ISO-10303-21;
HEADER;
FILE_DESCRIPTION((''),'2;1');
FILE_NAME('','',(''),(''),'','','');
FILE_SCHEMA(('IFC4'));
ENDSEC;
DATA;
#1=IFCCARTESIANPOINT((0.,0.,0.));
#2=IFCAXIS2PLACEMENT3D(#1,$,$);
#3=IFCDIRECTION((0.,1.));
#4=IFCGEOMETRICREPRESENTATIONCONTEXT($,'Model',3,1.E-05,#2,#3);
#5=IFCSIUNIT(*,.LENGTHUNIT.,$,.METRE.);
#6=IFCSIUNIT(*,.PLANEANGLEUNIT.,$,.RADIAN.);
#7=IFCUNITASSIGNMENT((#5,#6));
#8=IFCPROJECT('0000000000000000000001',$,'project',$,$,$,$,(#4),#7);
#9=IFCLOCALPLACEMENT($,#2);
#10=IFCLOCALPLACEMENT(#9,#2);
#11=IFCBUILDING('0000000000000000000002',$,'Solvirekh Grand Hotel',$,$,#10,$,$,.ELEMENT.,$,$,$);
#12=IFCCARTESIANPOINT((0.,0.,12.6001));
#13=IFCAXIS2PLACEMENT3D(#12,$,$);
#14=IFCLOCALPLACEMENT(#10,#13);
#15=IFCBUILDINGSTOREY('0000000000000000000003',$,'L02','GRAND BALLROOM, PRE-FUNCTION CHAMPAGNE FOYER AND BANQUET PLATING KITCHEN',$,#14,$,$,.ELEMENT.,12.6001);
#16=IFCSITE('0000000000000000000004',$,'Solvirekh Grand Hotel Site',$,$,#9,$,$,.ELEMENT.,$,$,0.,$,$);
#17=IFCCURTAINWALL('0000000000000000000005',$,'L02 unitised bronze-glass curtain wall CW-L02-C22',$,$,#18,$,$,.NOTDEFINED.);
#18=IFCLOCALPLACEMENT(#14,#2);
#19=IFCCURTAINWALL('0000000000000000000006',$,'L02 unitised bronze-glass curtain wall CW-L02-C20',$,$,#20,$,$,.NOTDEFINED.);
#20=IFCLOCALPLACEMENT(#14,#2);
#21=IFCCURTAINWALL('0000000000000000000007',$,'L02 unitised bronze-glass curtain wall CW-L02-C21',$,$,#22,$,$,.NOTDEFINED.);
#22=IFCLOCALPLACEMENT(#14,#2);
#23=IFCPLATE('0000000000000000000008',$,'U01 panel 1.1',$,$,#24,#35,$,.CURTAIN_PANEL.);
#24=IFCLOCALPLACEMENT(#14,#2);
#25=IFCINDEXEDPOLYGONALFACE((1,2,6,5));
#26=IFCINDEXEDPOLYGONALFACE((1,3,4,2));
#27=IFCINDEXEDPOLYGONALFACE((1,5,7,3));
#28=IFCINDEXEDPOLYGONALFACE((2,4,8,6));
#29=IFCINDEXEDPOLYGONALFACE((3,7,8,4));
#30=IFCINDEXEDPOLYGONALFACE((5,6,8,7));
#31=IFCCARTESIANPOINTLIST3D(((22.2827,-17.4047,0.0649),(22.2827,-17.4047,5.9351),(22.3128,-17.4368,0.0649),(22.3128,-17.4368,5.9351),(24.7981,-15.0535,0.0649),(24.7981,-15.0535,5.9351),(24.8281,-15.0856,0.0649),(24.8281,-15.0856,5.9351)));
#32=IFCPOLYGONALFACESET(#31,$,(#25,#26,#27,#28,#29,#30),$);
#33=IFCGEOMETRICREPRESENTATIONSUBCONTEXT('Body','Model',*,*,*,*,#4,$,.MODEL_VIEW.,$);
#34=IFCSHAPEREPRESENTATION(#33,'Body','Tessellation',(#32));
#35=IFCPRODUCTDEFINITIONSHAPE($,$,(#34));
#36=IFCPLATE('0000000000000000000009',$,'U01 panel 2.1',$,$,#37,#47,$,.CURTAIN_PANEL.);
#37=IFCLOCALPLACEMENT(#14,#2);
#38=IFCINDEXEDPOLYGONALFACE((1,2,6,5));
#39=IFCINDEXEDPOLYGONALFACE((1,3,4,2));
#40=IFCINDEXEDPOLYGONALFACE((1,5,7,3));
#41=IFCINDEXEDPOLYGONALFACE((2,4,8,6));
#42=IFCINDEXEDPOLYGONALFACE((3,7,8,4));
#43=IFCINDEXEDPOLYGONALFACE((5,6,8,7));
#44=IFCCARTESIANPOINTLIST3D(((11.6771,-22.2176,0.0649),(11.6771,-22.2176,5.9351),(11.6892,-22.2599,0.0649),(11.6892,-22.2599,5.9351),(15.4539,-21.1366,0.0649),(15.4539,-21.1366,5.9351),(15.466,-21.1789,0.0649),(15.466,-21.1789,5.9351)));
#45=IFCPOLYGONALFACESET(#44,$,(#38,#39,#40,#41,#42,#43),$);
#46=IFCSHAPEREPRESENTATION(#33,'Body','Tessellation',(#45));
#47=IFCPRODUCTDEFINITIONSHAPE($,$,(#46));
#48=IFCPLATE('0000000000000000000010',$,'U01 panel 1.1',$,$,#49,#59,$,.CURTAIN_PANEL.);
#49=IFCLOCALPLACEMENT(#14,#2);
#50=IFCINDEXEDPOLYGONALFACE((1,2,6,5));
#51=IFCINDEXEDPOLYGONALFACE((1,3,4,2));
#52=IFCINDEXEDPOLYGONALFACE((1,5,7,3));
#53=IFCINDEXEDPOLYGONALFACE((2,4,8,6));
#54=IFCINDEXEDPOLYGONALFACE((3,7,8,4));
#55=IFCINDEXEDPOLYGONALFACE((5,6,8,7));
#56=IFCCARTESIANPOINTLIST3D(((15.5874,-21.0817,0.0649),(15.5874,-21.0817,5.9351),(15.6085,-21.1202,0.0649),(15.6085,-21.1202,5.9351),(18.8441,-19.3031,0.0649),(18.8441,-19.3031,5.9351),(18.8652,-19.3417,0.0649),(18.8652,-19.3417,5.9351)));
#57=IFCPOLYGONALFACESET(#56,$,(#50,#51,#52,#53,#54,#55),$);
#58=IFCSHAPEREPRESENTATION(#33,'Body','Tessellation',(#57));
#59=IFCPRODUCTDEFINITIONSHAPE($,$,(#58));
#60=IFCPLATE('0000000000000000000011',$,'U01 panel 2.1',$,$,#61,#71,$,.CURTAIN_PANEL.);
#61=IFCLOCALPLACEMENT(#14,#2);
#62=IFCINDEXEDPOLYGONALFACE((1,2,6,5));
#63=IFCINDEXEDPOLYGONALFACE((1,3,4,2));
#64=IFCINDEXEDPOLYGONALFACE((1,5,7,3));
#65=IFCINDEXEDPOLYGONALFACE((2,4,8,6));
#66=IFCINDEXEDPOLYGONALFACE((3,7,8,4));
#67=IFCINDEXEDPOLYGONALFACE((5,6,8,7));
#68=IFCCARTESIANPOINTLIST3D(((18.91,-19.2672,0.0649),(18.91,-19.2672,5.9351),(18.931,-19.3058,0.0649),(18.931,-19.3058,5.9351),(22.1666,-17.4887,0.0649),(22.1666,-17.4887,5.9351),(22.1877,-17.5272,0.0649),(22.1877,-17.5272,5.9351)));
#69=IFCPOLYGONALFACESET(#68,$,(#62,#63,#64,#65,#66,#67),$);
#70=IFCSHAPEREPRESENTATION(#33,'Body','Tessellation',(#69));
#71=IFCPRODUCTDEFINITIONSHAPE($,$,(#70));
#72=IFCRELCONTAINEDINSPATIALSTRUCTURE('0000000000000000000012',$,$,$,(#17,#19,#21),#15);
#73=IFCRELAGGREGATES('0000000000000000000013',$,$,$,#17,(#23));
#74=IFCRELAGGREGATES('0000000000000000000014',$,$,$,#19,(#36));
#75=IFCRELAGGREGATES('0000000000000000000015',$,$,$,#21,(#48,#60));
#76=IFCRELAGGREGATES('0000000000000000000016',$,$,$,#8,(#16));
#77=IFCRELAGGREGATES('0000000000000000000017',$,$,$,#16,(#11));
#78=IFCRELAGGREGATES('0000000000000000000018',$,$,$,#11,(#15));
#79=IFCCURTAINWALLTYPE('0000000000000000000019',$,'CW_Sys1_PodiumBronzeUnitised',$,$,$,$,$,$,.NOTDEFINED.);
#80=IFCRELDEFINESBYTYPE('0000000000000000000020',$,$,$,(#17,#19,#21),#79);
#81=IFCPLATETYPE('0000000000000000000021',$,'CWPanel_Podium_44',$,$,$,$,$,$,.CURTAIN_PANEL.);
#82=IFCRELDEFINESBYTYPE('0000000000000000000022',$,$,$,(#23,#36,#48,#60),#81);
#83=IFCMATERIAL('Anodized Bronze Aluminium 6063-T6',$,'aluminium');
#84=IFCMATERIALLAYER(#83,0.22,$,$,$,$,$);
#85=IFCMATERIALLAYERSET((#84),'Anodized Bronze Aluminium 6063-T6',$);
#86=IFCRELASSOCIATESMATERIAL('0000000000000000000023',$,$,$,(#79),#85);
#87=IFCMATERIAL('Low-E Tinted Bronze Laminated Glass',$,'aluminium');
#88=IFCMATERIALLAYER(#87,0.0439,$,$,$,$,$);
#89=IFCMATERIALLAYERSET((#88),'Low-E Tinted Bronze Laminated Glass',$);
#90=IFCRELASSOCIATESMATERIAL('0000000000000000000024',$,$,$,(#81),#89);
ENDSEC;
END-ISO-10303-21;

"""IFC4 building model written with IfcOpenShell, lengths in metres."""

from ifc_helpers import new_model, si_unit, direction, frame, origin, origin_2d, place, context, subcontext, project, spatial, rectangle, extrude, source, transform, mapped, material, layer, layer_set, type_object, element, aggregate, save


model = new_model("IFC4")

# Units and contexts
model_context = context("Model", 3, precision=1e-05, world=origin(), true_north=direction((0.0, 1.0)))
body_context = subcontext(model_context, "Body", "Model", "MODEL_VIEW")
ifc_project = project(units=[si_unit("LENGTHUNIT", "METRE"), si_unit("PLANEANGLEUNIT", "RADIAN")], contexts=[model_context])

# Site, building, storey
site_placement = place(None, origin())
site = spatial("IfcSite", under=ifc_project, at=site_placement, Name="Solvirekh Grand Hotel Site", CompositionType="ELEMENT", RefElevation=0.0)
building_placement = place(site_placement, origin())
building = spatial("IfcBuilding", under=site, at=building_placement, Name="Solvirekh Grand Hotel", CompositionType="ELEMENT")
storey_placement = place(building_placement, frame((0.0, 0.0, 12.6001)))
storey = spatial("IfcBuildingStorey", under=building, at=storey_placement, Name="L02", Description="GRAND BALLROOM, PRE-FUNCTION CHAMPAGNE FOYER AND BANQUET PLATING KITCHEN", CompositionType="ELEMENT", Elevation=12.6001)

# Curtain walls
ifc_material_1 = material(Name="Anodized Bronze Aluminium 6063-T6", Category="aluminium")
ifc_layer_1 = layer(ifc_material_1, 0.22)
ifc_layer_set_1 = layer_set([ifc_layer_1], Name="Anodized Bronze Aluminium 6063-T6")
curtain_wall_type = type_object("IfcCurtainWallType", Name="CW_Sys1_PodiumBronzeUnitised", PredefinedType="NOTDEFINED", material=ifc_layer_set_1)
curtain_wall_1_placement = place(storey_placement, origin())
curtain_wall_1 = element("IfcCurtainWall", 1, at=curtain_wall_1_placement, inside=storey, type_object=curtain_wall_type, Name="L02 unitised bronze-glass curtain wall CW-L02-C22", PredefinedType="NOTDEFINED")
curtain_wall_2_placement = place(storey_placement, origin())
curtain_wall_2 = element("IfcCurtainWall", 2, at=curtain_wall_2_placement, inside=storey, type_object=curtain_wall_type, Name="L02 unitised bronze-glass curtain wall CW-L02-C20", PredefinedType="NOTDEFINED")
curtain_wall_3_placement = place(storey_placement, origin())
curtain_wall_3 = element("IfcCurtainWall", 3, at=curtain_wall_3_placement, inside=storey, type_object=curtain_wall_type, Name="L02 unitised bronze-glass curtain wall CW-L02-C21", PredefinedType="NOTDEFINED")

# Plates
ifc_material_2 = material(Name="Low-E Tinted Bronze Laminated Glass", Category="aluminium")
ifc_layer_2 = layer(ifc_material_2, 0.0439)
ifc_layer_set_2 = layer_set([ifc_layer_2], Name="Low-E Tinted Bronze Laminated Glass")
plate_type = type_object("IfcPlateType", Name="CWPanel_Podium_44", PredefinedType="CURTAIN_PANEL", material=ifc_layer_set_2)
shared_shape_1 = source(origin(), body_context, "Body", "SweptSolid", [
    extrude(rectangle(XDim=3.4431, YDim=0.0439, at=origin_2d()), origin(), (0.0, 0.0, 1.0), 5.8701),
])
plate_1_placement = place(storey_placement, frame((23.5554, -16.2451, 0.0649), z_axis=(0.0, 0.0, 1.0), x_axis=(0.730541, 0.682869, 0.0)))
plate_1 = element("IfcPlate", 4, at=plate_1_placement, type_object=plate_type, Name="U01 panel 1.1", PredefinedType="CURTAIN_PANEL", context=body_context, shape_type="MappedRepresentation", body=[
    mapped(shared_shape_1, transform((0.0, 0.0, 0.0), x_axis=(1.0, 0.0, 0.0), y_axis=(0.0, 1.0, 0.0), z_axis=(0.0, 0.0, 1.0), scale=1.0)),
])
aggregate(curtain_wall_1, [plate_1])
shared_shape_2 = source(origin(), body_context, "Body", "SweptSolid", [
    extrude(rectangle(XDim=3.9285, YDim=0.0439, at=origin_2d()), origin(), (0.0, 0.0, 1.0), 5.8701),
])
plate_2_placement = place(storey_placement, frame((13.5715, -21.6982, 0.0649), z_axis=(0.0, 0.0, 1.0), x_axis=(0.961393, 0.275179, 0.0)))
plate_2 = element("IfcPlate", 5, at=plate_2_placement, type_object=plate_type, Name="U01 panel 2.1", PredefinedType="CURTAIN_PANEL", context=body_context, shape_type="MappedRepresentation", body=[
    mapped(shared_shape_2, transform((0.0, 0.0, 0.0), x_axis=(1.0, 0.0, 0.0), y_axis=(0.0, 1.0, 0.0), z_axis=(0.0, 0.0, 1.0), scale=1.0)),
])
aggregate(curtain_wall_2, [plate_2])
shared_shape_3 = source(origin(), body_context, "Body", "SweptSolid", [
    extrude(rectangle(XDim=3.7107, YDim=0.0439, at=origin_2d()), origin(), (0.0, 0.0, 1.0), 5.8701),
])
plate_3_placement = place(storey_placement, frame((17.2263, -20.2117, 0.0649), z_axis=(0.0, 0.0, 1.0), x_axis=(0.877651, 0.479301, 0.0)))
plate_3 = element("IfcPlate", 6, at=plate_3_placement, type_object=plate_type, Name="U01 panel 1.1", PredefinedType="CURTAIN_PANEL", context=body_context, shape_type="MappedRepresentation", body=[
    mapped(shared_shape_3, transform((0.0, 0.0, 0.0), x_axis=(1.0, 0.0, 0.0), y_axis=(0.0, 1.0, 0.0), z_axis=(0.0, 0.0, 1.0), scale=1.0)),
])
plate_4_placement = place(storey_placement, frame((20.5488, -18.3972, 0.0649), z_axis=(0.0, 0.0, 1.0), x_axis=(0.877651, 0.479301, 0.0)))
plate_4 = element("IfcPlate", 7, at=plate_4_placement, type_object=plate_type, Name="U01 panel 2.1", PredefinedType="CURTAIN_PANEL", context=body_context, shape_type="MappedRepresentation", body=[
    mapped(shared_shape_3, transform((0.0, 0.0, 0.0), x_axis=(1.0, 0.0, 0.0), y_axis=(0.0, 1.0, 0.0), z_axis=(0.0, 0.0, 1.0), scale=1.0)),
])
aggregate(curtain_wall_3, [plate_3, plate_4])

save(model, "model.ifc")
